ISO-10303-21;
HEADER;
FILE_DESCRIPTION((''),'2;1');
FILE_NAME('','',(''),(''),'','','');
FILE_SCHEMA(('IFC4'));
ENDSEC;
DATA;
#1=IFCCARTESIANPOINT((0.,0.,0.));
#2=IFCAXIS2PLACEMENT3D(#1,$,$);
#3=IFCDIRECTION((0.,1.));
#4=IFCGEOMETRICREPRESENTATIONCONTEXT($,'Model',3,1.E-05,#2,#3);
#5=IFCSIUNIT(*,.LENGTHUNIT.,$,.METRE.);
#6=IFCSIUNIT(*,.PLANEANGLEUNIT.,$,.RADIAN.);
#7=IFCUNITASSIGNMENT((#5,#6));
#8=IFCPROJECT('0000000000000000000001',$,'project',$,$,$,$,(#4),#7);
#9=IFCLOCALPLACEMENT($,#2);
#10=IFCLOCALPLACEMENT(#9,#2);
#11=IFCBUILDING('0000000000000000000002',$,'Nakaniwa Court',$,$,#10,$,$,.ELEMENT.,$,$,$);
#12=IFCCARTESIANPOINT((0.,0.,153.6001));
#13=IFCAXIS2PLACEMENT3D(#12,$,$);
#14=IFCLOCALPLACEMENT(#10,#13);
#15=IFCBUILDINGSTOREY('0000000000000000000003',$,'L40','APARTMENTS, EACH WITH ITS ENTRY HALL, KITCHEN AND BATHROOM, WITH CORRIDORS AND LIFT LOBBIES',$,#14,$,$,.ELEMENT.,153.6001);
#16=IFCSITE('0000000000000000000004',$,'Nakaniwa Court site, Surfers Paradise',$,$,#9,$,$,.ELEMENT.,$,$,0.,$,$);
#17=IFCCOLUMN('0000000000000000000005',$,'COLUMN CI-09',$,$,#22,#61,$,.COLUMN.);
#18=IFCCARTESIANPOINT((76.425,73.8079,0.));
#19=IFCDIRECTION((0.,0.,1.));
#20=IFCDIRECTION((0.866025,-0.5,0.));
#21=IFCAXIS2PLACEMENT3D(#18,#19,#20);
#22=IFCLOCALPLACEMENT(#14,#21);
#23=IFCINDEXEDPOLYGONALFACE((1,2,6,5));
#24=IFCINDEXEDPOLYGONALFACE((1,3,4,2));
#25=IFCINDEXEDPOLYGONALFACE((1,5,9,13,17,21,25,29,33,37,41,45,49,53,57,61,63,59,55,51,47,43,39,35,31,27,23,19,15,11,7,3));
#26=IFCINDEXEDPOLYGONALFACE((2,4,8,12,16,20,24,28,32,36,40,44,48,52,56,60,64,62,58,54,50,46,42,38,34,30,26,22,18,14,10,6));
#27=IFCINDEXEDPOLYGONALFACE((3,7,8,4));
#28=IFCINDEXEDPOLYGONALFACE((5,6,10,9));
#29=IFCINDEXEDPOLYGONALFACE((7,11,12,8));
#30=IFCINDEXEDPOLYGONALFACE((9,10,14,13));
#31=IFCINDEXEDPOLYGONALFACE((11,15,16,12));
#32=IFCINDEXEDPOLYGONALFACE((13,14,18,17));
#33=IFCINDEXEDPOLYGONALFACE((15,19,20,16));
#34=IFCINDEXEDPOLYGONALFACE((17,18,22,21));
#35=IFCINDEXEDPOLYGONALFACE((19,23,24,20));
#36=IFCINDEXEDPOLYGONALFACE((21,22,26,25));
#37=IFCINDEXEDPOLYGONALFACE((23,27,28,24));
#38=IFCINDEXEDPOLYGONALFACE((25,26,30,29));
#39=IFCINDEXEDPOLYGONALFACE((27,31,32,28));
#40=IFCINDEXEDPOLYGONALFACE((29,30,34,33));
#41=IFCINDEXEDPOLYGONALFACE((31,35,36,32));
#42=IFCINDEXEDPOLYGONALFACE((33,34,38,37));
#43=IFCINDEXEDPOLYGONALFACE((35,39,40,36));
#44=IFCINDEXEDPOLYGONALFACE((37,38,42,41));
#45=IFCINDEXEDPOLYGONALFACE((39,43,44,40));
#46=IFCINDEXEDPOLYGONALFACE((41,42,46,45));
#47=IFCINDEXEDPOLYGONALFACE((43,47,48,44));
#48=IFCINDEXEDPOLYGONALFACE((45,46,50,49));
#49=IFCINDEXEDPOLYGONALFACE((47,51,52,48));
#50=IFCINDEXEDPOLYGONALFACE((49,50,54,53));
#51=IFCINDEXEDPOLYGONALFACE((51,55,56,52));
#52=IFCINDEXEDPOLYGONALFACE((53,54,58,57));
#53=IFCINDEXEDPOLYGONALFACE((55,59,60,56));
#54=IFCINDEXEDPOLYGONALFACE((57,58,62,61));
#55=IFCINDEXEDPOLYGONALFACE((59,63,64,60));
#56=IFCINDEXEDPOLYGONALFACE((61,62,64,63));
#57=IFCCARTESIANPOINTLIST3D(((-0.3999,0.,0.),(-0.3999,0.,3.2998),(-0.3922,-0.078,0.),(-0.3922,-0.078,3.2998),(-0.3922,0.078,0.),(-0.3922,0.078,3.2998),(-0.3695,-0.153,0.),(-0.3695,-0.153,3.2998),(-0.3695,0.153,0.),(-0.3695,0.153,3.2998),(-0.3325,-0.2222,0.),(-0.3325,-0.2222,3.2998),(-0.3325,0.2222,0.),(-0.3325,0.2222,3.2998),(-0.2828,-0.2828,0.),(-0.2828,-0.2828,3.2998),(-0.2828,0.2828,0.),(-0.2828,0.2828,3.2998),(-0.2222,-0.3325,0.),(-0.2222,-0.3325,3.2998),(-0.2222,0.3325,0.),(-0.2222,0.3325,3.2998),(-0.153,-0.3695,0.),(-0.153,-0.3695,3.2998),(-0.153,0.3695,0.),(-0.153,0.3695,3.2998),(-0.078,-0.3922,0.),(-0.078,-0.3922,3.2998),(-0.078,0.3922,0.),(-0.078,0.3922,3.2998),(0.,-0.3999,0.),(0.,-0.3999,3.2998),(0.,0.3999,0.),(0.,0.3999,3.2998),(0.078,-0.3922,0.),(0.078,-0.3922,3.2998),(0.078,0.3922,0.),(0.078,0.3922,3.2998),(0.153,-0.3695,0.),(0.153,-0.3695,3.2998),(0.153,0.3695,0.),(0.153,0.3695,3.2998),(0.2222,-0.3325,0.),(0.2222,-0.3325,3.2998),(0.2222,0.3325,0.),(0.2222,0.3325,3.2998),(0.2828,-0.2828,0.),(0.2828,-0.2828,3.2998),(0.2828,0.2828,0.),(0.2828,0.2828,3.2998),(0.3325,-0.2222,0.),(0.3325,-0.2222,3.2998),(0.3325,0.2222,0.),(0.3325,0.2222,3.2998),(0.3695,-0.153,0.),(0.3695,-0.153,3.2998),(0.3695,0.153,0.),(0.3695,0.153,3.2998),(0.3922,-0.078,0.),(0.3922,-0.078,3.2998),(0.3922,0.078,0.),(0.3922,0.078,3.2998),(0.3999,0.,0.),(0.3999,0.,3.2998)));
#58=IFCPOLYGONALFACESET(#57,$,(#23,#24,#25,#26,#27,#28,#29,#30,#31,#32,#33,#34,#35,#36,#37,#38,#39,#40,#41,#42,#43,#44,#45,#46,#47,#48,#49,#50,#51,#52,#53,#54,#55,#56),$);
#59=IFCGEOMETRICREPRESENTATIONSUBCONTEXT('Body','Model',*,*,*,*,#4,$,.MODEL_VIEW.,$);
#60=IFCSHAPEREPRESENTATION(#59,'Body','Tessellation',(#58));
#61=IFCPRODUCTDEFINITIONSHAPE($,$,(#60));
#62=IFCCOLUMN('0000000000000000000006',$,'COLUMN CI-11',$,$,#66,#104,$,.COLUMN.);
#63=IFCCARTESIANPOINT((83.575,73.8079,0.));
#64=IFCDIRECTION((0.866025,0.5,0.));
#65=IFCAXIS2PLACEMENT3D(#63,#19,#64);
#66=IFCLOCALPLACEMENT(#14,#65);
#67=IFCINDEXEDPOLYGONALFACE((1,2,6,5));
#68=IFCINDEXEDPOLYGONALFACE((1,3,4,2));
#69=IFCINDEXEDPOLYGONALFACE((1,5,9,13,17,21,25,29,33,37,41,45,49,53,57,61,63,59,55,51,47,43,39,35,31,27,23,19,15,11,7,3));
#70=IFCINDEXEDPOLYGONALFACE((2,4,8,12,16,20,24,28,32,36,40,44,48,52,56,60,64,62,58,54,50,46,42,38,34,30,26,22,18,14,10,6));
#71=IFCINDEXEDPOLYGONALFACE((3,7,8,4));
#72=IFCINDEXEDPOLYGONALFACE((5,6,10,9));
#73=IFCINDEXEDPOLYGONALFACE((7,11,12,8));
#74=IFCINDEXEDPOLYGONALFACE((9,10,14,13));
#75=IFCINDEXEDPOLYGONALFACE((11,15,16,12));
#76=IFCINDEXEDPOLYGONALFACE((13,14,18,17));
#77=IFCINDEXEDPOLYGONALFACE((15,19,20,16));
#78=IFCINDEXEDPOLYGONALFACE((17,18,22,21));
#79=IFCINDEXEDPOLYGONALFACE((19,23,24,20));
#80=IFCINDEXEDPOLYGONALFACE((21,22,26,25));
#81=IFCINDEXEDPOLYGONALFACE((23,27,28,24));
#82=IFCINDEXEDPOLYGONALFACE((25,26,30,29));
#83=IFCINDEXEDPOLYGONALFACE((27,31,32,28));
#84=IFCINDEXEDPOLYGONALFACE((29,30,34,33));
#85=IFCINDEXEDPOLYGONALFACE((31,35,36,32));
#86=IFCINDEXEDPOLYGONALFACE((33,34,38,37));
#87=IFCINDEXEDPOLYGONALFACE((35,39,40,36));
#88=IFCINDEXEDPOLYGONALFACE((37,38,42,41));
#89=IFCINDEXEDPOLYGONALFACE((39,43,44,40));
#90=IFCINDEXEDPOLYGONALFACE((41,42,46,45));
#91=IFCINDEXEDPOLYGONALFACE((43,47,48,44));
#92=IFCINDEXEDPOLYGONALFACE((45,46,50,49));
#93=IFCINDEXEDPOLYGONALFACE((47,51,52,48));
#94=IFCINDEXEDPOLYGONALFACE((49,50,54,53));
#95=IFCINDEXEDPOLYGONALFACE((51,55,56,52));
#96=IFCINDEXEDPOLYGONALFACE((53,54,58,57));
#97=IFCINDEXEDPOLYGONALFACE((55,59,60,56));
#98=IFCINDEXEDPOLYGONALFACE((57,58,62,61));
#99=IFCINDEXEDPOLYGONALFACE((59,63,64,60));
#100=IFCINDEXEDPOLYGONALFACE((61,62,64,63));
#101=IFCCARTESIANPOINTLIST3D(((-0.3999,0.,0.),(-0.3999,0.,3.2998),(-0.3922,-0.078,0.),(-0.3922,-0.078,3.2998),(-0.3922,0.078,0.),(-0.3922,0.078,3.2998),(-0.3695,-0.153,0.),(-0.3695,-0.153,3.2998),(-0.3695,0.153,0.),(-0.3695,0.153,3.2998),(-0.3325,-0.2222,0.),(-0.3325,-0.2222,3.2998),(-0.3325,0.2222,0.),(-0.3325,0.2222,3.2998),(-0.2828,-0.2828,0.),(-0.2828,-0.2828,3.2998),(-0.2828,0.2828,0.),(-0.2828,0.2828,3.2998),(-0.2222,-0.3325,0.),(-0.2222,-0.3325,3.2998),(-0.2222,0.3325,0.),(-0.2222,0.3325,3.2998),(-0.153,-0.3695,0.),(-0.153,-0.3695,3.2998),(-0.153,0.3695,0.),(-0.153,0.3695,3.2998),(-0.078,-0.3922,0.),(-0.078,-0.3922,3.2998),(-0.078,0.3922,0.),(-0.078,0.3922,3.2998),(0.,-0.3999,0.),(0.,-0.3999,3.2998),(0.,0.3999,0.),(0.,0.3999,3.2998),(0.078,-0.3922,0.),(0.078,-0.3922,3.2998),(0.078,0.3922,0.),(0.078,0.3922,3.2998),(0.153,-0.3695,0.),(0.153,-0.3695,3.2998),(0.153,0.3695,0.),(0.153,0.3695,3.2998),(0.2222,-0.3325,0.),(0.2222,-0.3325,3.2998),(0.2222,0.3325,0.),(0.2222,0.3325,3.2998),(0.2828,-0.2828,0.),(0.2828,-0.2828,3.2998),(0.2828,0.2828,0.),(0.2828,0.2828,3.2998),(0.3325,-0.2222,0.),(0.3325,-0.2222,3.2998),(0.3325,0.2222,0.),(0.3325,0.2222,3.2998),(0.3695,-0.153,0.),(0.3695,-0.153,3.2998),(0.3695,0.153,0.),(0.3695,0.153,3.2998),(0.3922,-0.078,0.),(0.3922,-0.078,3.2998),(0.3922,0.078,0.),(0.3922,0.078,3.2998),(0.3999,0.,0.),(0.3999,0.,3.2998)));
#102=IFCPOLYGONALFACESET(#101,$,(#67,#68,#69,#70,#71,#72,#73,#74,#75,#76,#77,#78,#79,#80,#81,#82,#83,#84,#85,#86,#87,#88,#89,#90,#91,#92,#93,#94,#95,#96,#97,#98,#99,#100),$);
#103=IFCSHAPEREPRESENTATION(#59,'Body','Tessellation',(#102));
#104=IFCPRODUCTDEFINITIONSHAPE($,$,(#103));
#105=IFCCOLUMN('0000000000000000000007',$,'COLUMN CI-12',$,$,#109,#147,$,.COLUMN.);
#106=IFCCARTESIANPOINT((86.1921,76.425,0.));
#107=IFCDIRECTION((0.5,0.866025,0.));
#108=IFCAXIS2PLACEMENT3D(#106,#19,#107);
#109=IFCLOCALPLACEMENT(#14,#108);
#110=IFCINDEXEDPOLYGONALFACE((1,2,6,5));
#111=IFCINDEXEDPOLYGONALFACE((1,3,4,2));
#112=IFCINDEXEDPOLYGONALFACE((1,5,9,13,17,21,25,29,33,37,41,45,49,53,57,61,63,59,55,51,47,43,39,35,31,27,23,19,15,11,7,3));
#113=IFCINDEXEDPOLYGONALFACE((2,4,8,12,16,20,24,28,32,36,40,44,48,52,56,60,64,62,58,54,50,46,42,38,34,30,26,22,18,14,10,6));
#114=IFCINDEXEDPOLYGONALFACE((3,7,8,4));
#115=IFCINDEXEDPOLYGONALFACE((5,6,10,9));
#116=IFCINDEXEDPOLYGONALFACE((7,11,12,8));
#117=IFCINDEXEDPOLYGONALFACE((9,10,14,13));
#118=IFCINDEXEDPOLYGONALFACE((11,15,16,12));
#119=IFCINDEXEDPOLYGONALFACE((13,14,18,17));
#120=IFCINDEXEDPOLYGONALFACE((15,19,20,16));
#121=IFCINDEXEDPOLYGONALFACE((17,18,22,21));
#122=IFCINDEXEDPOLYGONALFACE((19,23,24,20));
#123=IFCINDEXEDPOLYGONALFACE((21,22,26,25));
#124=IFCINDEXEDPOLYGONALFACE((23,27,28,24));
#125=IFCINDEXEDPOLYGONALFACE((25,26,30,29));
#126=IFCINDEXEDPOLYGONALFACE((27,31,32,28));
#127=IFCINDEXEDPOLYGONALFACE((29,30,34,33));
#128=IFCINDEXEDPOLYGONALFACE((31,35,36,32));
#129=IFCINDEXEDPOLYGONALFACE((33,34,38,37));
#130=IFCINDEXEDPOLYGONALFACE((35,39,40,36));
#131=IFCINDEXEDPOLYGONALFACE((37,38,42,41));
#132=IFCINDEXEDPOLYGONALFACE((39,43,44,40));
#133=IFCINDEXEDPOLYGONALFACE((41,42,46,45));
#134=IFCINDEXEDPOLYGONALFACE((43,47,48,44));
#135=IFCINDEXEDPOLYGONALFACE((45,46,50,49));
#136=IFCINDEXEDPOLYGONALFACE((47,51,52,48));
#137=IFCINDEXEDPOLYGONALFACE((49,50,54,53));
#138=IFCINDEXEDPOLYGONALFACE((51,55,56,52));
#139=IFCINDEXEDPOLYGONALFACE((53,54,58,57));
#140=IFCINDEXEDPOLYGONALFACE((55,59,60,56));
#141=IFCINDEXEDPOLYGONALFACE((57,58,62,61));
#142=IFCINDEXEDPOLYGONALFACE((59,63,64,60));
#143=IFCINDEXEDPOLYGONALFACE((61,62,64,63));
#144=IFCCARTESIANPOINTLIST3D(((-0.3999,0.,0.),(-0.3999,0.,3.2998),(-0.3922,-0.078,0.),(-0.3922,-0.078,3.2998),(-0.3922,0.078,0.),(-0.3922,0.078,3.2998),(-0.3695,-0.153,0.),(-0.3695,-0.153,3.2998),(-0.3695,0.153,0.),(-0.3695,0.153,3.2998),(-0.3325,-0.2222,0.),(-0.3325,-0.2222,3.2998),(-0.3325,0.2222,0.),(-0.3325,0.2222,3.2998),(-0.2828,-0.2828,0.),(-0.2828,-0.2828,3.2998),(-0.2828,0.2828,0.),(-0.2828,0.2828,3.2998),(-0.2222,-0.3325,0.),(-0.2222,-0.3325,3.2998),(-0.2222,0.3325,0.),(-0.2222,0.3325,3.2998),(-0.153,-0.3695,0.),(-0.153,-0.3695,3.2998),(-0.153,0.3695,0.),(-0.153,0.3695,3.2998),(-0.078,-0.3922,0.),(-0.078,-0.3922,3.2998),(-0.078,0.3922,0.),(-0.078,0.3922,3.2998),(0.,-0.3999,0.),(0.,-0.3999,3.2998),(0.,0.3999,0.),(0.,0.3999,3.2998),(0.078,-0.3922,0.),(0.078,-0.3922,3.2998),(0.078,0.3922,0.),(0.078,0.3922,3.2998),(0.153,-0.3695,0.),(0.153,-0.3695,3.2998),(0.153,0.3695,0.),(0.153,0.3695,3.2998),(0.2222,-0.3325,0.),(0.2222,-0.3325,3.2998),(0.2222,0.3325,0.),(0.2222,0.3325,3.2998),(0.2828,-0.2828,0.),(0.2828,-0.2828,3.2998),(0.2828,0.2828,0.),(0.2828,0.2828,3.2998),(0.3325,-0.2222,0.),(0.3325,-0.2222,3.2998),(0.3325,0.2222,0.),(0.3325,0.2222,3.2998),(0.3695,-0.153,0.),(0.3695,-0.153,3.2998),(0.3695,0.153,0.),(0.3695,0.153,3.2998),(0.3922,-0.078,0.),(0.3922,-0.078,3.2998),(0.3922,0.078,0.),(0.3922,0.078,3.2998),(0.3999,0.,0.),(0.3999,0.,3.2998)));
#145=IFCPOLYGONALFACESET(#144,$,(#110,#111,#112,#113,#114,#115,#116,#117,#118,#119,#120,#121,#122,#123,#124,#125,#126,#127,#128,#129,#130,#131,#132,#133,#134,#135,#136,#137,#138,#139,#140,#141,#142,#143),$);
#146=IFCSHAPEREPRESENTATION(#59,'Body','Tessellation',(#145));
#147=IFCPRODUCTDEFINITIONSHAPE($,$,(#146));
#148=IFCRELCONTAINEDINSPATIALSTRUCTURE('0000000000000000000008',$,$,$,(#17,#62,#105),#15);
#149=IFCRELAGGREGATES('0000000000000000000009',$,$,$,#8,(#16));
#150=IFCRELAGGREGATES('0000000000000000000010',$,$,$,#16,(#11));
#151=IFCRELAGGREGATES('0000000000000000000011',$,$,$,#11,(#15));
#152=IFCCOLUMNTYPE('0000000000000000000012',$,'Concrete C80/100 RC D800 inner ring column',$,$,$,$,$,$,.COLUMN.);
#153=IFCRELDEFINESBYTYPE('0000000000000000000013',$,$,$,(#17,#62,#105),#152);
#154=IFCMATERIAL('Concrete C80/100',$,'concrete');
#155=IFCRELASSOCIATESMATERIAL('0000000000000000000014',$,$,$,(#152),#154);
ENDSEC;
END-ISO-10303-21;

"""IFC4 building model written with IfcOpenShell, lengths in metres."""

from ifc_helpers import new_model, si_unit, direction, frame, origin, origin_2d, place, context, subcontext, project, spatial, circle, extrude, material, material_profile, profile_set, type_object, element, save


model = new_model("IFC4")

# Units and contexts
model_context = context("Model", 3, precision=1e-05, world=origin(), true_north=direction((0.0, 1.0)))
body_context = subcontext(model_context, "Body", "Model", "MODEL_VIEW")
ifc_project = project(units=[si_unit("LENGTHUNIT", "METRE"), si_unit("PLANEANGLEUNIT", "RADIAN")], contexts=[model_context])

# Site, building, storey
site_placement = place(None, origin())
site = spatial("IfcSite", under=ifc_project, at=site_placement, Name="Nakaniwa Court site, Surfers Paradise", CompositionType="ELEMENT", RefElevation=0.0)
building_placement = place(site_placement, origin())
building = spatial("IfcBuilding", under=site, at=building_placement, Name="Nakaniwa Court", CompositionType="ELEMENT")
storey_placement = place(building_placement, frame((0.0, 0.0, 153.6001)))
storey = spatial("IfcBuildingStorey", under=building, at=storey_placement, Name="L40", Description="APARTMENTS, EACH WITH ITS ENTRY HALL, KITCHEN AND BATHROOM, WITH CORRIDORS AND LIFT LOBBIES", CompositionType="ELEMENT", Elevation=153.6001)

# Columns
ifc_material_1 = material(Name="Concrete C80/100", Category="concrete")
ifc_material_profile_1 = material_profile(ifc_material_1, circle(Radius=0.3999, at=origin_2d()), Name="Concrete C80/100 RC D800 inner ring column")
ifc_profile_set_1 = profile_set([ifc_material_profile_1], Name="Concrete C80/100")
column_type = type_object("IfcColumnType", Name="Concrete C80/100 RC D800 inner ring column", PredefinedType="COLUMN", material=ifc_profile_set_1)
for number, where, z_axis, x_axis, name in (
    (1, (76.425, 73.8079, 0.0), (0.0, 0.0, 1.0), (0.866025, -0.5, 0.0), "COLUMN CI-09"),
    (2, (83.575, 73.8079, 0.0), (0.0, 0.0, 1.0), (0.866025, 0.5, 0.0), "COLUMN CI-11"),
    (3, (86.1921, 76.425, 0.0), (0.0, 0.0, 1.0), (0.5, 0.866025, 0.0), "COLUMN CI-12"),
):
    element("IfcColumn", number, at=place(storey_placement, frame(where, z_axis=z_axis, x_axis=x_axis)), inside=storey, type_object=column_type, Name=name, PredefinedType="COLUMN", context=body_context, shape_type="SweptSolid", body=[
        extrude(circle(Radius=0.3999, at=origin_2d()), origin(), (0.0, 0.0, 1.0), 3.2998),
    ])

save(model, "model.ifc")
